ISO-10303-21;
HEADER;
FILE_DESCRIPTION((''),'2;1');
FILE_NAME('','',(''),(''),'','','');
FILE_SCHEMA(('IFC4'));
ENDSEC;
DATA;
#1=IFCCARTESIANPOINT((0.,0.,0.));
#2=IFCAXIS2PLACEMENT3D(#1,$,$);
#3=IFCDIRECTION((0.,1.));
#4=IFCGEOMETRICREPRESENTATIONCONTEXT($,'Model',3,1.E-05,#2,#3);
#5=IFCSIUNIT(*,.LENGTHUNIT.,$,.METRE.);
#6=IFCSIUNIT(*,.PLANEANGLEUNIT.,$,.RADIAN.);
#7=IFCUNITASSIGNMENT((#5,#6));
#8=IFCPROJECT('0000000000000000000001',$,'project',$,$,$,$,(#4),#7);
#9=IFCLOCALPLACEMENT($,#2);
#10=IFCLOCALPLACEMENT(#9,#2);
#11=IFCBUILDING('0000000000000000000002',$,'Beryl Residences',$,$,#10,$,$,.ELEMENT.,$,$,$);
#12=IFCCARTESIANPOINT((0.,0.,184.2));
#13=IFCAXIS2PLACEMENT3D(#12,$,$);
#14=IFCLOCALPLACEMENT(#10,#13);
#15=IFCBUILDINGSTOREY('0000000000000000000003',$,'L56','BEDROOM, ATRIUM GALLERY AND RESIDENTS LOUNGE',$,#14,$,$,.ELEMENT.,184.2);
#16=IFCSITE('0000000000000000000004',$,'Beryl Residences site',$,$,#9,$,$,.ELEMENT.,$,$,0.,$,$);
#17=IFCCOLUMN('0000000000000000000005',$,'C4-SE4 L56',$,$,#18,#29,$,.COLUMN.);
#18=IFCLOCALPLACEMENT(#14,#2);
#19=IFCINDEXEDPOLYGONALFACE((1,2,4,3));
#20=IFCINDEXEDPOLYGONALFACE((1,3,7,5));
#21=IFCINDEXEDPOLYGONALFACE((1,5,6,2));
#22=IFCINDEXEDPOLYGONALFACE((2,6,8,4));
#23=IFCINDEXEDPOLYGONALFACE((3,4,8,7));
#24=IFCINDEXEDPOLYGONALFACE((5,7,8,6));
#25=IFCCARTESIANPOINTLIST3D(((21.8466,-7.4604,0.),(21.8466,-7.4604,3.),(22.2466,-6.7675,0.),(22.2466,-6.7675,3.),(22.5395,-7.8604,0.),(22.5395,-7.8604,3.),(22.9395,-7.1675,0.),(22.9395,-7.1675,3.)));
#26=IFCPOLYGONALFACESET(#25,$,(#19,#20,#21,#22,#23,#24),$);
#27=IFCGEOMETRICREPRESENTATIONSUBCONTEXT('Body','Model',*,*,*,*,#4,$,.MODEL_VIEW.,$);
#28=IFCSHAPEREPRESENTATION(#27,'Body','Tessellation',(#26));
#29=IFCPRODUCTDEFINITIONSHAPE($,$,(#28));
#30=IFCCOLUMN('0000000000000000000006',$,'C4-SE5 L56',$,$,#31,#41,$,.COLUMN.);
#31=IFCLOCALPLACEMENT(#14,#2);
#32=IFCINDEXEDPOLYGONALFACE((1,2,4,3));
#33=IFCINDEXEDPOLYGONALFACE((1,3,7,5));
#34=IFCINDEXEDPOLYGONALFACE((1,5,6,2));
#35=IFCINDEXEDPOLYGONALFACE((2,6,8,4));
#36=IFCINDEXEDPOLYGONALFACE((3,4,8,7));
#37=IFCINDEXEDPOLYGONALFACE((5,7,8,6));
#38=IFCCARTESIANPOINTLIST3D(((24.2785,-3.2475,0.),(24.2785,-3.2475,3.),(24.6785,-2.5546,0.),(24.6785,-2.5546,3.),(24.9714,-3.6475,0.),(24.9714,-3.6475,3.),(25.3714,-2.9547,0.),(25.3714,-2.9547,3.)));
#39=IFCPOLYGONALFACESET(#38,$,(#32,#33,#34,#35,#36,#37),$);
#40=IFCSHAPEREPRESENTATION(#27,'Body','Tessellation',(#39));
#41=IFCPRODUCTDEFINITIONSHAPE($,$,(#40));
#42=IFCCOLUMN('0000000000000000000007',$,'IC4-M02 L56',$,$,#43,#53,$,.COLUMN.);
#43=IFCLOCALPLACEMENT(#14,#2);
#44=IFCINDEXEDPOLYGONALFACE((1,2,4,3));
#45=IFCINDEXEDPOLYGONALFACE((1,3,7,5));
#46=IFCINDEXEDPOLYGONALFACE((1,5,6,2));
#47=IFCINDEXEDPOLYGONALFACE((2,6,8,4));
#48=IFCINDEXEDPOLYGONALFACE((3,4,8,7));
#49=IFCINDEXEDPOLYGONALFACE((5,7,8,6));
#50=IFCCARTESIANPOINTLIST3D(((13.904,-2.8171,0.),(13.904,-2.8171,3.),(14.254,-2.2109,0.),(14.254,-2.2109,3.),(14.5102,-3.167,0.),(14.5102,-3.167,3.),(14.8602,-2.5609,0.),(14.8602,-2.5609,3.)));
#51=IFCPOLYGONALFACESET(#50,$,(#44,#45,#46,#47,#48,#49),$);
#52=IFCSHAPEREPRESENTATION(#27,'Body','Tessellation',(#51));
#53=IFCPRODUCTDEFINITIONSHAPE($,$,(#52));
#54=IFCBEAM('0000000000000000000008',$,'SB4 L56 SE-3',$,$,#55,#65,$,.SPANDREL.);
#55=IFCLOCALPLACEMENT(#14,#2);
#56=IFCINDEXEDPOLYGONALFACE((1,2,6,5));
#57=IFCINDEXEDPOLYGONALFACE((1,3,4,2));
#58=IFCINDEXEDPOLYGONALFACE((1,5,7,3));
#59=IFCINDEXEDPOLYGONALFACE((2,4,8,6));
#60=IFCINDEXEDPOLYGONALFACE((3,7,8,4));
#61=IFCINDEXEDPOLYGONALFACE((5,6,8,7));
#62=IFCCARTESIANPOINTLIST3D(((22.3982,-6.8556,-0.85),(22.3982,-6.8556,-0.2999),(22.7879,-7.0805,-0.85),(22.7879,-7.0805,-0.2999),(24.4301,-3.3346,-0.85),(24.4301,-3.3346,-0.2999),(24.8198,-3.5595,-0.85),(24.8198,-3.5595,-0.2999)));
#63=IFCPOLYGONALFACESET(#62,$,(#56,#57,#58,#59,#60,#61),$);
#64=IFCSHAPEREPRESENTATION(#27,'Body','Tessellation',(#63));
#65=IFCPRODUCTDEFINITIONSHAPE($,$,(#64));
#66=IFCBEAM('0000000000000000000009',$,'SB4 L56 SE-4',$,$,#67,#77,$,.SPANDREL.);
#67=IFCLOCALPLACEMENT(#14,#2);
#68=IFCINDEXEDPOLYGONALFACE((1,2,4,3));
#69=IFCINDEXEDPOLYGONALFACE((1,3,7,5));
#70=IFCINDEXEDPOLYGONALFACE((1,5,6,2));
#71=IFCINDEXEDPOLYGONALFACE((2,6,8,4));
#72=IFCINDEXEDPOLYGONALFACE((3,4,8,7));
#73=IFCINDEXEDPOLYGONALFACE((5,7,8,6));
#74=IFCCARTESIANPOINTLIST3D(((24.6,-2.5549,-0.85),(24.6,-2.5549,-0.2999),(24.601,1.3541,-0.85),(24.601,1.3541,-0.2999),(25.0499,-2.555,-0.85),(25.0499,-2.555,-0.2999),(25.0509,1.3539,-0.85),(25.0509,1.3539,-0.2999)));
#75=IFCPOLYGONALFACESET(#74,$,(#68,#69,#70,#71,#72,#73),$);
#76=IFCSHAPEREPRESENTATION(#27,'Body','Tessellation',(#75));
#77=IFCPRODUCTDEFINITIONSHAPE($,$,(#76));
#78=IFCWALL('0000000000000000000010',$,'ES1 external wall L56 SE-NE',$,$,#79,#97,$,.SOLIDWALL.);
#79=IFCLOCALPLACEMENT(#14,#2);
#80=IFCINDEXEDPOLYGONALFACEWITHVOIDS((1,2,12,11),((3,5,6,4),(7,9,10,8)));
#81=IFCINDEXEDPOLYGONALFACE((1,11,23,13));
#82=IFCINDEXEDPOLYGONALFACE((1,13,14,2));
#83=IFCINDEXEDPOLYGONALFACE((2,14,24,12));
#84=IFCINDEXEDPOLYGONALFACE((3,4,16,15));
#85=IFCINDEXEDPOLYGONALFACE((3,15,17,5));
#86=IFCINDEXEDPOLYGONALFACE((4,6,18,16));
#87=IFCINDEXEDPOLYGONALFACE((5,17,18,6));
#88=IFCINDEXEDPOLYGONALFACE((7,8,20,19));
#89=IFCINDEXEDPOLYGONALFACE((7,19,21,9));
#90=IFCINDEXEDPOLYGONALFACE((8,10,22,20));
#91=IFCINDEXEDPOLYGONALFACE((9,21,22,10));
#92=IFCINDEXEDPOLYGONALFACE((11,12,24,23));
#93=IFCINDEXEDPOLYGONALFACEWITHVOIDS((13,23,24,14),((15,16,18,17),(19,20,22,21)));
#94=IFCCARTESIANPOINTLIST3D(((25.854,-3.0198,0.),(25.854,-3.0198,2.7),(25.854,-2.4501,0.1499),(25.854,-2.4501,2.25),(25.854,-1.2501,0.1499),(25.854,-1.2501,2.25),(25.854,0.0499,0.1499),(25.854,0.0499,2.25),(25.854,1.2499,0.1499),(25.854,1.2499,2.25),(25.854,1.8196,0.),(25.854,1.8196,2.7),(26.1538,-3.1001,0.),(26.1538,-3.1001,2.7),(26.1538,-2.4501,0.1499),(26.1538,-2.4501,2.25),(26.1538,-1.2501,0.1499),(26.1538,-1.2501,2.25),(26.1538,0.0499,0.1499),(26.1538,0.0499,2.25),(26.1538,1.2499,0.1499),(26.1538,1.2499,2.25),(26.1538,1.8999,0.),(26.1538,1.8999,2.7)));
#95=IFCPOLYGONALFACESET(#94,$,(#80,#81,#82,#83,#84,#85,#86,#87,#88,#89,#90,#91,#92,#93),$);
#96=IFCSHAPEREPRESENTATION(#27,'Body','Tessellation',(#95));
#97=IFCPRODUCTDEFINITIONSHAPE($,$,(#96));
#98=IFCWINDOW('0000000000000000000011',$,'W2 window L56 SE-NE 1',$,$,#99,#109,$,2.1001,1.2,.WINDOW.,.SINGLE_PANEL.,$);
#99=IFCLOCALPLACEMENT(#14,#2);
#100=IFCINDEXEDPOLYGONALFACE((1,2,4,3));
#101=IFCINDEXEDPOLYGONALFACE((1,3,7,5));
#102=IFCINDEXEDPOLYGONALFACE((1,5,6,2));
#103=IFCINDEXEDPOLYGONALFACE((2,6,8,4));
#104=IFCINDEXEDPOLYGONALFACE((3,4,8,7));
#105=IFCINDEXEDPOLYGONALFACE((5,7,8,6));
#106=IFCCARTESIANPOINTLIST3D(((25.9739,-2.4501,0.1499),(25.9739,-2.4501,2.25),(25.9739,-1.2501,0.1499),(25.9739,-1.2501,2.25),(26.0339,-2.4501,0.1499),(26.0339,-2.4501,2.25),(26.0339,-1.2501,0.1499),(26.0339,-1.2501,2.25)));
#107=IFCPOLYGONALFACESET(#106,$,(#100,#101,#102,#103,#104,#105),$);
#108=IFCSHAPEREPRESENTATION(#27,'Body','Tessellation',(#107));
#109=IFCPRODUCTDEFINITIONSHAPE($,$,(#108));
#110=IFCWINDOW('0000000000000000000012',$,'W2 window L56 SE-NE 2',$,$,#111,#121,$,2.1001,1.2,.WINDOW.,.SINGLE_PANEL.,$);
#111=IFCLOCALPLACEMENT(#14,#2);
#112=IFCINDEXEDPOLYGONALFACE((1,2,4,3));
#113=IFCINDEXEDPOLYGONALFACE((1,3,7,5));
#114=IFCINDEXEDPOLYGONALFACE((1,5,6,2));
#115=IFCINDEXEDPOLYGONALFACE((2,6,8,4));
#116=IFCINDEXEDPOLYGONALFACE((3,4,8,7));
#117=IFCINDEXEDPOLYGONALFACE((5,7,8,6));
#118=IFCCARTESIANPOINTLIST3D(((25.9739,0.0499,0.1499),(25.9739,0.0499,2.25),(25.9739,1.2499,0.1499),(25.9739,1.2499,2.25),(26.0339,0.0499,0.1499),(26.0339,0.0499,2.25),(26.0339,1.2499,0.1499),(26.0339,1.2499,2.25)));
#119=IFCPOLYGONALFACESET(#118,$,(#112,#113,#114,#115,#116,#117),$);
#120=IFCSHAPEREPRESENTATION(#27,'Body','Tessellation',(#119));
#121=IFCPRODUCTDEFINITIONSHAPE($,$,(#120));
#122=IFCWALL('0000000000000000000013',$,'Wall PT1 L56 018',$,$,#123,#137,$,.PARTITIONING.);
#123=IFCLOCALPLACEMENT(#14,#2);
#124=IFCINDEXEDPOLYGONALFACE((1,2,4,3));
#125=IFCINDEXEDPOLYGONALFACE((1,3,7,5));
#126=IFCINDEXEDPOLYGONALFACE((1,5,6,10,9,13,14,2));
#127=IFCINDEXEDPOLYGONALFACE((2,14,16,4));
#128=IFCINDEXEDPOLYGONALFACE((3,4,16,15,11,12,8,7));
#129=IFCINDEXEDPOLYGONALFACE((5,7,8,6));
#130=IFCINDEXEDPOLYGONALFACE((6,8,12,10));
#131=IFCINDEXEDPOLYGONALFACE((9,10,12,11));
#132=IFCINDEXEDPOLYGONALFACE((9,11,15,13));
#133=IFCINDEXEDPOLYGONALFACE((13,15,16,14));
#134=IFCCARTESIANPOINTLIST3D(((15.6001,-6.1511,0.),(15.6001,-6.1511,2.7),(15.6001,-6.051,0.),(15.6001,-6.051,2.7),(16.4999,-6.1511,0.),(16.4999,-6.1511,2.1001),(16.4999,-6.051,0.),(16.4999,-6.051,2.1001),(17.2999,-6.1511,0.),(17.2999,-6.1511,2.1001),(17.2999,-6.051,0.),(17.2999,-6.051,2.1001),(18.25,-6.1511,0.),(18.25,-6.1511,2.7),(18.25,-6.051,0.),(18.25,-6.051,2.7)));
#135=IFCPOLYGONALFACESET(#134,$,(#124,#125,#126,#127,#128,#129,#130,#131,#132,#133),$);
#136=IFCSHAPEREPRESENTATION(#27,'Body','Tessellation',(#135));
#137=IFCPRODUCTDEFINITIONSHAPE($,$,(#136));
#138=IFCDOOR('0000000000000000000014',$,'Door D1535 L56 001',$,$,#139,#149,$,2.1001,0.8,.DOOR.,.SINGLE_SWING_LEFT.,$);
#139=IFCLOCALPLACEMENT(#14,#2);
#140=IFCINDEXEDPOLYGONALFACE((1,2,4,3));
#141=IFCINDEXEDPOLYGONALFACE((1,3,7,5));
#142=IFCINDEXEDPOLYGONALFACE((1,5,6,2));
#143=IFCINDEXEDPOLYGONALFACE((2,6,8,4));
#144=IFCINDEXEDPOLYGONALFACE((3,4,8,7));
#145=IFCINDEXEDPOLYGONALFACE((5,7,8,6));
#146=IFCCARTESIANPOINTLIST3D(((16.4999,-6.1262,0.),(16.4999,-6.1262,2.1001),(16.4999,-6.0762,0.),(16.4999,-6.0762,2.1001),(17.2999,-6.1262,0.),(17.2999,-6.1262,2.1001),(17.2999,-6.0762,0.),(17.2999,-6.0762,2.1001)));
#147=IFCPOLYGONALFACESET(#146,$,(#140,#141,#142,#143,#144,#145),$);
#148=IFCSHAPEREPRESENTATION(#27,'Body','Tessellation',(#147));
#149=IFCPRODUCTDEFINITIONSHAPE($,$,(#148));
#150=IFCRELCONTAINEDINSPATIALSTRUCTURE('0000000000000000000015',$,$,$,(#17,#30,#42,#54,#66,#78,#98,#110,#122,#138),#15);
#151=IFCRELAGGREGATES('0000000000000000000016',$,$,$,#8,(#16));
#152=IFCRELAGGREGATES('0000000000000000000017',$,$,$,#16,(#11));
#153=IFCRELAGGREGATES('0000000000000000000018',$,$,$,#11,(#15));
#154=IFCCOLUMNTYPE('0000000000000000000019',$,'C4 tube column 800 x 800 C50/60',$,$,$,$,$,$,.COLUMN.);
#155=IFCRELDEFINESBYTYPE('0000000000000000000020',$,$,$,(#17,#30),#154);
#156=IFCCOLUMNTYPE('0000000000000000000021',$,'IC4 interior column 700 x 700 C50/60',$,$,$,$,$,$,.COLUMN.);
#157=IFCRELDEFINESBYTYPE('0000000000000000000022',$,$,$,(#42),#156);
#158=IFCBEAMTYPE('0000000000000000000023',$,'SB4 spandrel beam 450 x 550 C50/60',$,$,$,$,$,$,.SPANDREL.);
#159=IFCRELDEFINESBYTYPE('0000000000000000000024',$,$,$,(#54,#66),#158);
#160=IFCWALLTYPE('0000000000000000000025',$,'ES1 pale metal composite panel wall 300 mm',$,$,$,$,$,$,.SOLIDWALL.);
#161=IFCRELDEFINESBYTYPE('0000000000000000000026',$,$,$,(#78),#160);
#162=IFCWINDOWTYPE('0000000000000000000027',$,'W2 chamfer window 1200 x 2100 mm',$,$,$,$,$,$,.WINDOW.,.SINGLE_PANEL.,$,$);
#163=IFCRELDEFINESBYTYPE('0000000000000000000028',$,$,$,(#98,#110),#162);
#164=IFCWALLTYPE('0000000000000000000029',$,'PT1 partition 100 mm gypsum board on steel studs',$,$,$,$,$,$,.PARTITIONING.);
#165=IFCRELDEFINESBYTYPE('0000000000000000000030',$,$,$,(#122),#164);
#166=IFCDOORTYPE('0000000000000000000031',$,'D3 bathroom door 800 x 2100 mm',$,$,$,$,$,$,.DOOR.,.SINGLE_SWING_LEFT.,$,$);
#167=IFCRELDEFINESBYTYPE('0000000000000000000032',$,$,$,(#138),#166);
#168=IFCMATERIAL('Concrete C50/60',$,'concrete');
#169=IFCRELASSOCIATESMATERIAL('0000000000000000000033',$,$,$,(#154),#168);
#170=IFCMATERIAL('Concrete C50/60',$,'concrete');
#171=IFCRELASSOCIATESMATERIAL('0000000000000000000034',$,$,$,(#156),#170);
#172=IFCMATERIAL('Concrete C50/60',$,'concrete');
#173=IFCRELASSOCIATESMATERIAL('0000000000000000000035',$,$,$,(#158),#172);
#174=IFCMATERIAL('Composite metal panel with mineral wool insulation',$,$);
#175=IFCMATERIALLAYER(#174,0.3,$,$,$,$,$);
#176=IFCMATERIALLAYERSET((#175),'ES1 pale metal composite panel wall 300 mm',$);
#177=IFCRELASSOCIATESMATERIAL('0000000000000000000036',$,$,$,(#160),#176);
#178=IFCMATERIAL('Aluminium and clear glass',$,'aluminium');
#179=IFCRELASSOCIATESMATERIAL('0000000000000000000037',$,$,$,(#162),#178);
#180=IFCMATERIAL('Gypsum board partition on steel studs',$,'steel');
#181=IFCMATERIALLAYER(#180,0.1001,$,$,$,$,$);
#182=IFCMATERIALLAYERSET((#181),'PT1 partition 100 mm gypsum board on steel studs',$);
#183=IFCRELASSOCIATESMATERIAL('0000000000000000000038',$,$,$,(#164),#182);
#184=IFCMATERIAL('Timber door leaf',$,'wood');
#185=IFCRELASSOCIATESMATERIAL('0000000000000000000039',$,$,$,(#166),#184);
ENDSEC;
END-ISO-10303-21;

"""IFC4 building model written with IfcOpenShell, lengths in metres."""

from ifc_helpers import new_model, si_unit, direction, frame, frame_2d, origin, origin_2d, place, context, subcontext, project, spatial, polyline, rectangle, outline, extrude, material, layer, layer_set, material_profile, profile_set, type_object, element, fill, save


model = new_model("IFC4")

# Units and contexts
model_context = context("Model", 3, precision=1e-05, world=origin(), true_north=direction((0.0, 1.0)))
body_context = subcontext(model_context, "Body", "Model", "MODEL_VIEW")
ifc_project = project(units=[si_unit("LENGTHUNIT", "METRE"), si_unit("PLANEANGLEUNIT", "RADIAN")], contexts=[model_context])

# Site, building, storey
site_placement = place(None, origin())
site = spatial("IfcSite", under=ifc_project, at=site_placement, Name="Beryl Residences site", CompositionType="ELEMENT", RefElevation=0.0)
building_placement = place(site_placement, origin())
building = spatial("IfcBuilding", under=site, at=building_placement, Name="Beryl Residences", CompositionType="ELEMENT")
storey_placement = place(building_placement, frame((0.0, 0.0, 184.2)))
storey = spatial("IfcBuildingStorey", under=building, at=storey_placement, Name="L56", Description="BEDROOM, ATRIUM GALLERY AND RESIDENTS LOUNGE", CompositionType="ELEMENT", Elevation=184.2)

# Columns
ifc_material_1 = material(Name="Concrete C50/60", Category="concrete")
ifc_material_profile_1 = material_profile(ifc_material_1, rectangle(XDim=0.8, YDim=0.8, at=origin_2d()))
ifc_profile_set_1 = profile_set([ifc_material_profile_1], Name="Concrete C50/60")
column_type_1 = type_object("IfcColumnType", Name="C4 tube column 800 x 800 C50/60", PredefinedType="COLUMN", material=ifc_profile_set_1)
for number, where, z_axis, x_axis, name in (
    (1, (22.3931, -7.314, 0.0), (0.0, 0.0, 1.0), (0.5, 0.866025, 0.0), "C4-SE4 L56"),
    (2, (24.825, -3.1011, 0.0), (0.0, 0.0, 1.0), (0.5, 0.866025, 0.0), "C4-SE5 L56"),
):
    element("IfcColumn", number, at=place(storey_placement, frame(where, z_axis=z_axis, x_axis=x_axis)), inside=storey, type_object=column_type_1, Name=name, PredefinedType="COLUMN", context=body_context, shape_type="SweptSolid", body=[
        extrude(rectangle(XDim=0.8, YDim=0.8, at=origin_2d()), origin(), (0.0, 0.0, 1.0), 3.0),
    ])
ifc_material_2 = material(Name="Concrete C50/60", Category="concrete")
ifc_material_profile_2 = material_profile(ifc_material_2, rectangle(XDim=0.7, YDim=0.7, at=origin_2d()))
ifc_profile_set_2 = profile_set([ifc_material_profile_2], Name="Concrete C50/60")
column_type_2 = type_object("IfcColumnType", Name="IC4 interior column 700 x 700 C50/60", PredefinedType="COLUMN", material=ifc_profile_set_2)
column_placement = place(storey_placement, frame((14.3821, -2.689, 0.0), z_axis=(0.0, 0.0, 1.0), x_axis=(0.5, 0.866025, 0.0)))
element("IfcColumn", 3, at=column_placement, inside=storey, type_object=column_type_2, Name="IC4-M02 L56", PredefinedType="COLUMN", context=body_context, shape_type="SweptSolid", body=[
    extrude(rectangle(XDim=0.7, YDim=0.7, at=origin_2d()), origin(), (0.0, 0.0, 1.0), 3.0),
])

# Beams
ifc_material_3 = material(Name="Concrete C50/60", Category="concrete")
ifc_material_profile_3 = material_profile(ifc_material_3, rectangle(XDim=0.45, YDim=0.55, at=origin_2d()))
ifc_profile_set_3 = profile_set([ifc_material_profile_3], Name="Concrete C50/60")
beam_type = type_object("IfcBeamType", Name="SB4 spandrel beam 450 x 550 C50/60", PredefinedType="SPANDREL", material=ifc_profile_set_3)
beam_1_placement = place(storey_placement, frame((22.593, -6.968, -0.575), z_axis=(0.49984, 0.866118, 0.0), x_axis=(-0.866118, 0.49984, 0.0)))
element("IfcBeam", 4, at=beam_1_placement, inside=storey, type_object=beam_type, Name="SB4 L56 SE-3", PredefinedType="SPANDREL", context=body_context, shape_type="SweptSolid", body=[
    extrude(rectangle(XDim=0.45, YDim=0.55, at=origin_2d()), origin(), (0.0, 0.0, 1.0), 4.0652),
])
beam_2_placement = place(storey_placement, frame((24.825, -2.5549, -0.575), z_axis=(0.00025, 1.0, 0.0), x_axis=(-1.0, 0.00025, 0.0)))
element("IfcBeam", 5, at=beam_2_placement, inside=storey, type_object=beam_type, Name="SB4 L56 SE-4", PredefinedType="SPANDREL", context=body_context, shape_type="SweptSolid", body=[
    extrude(rectangle(XDim=0.45, YDim=0.55, at=origin_2d()), origin(), (0.0, 0.0, 1.0), 3.9089),
])

# Wall, openings, windows
ifc_material_4 = material(Name="Composite metal panel with mineral wool insulation")
ifc_layer_1 = layer(ifc_material_4, 0.3)
ifc_layer_set_1 = layer_set([ifc_layer_1], Name="ES1 pale metal composite panel wall 300 mm")
wall_type_1 = type_object("IfcWallType", Name="ES1 pale metal composite panel wall 300 mm", PredefinedType="SOLIDWALL", material=ifc_layer_set_1)
wall_1_placement = place(storey_placement, frame((26.0039, -3.1001, 0.0), z_axis=(0.0, 0.0, 1.0), x_axis=(0.0, 1.0, 0.0)))
wall_1 = element("IfcWall", 6, at=wall_1_placement, inside=storey, type_object=wall_type_1, Name="ES1 external wall L56 SE-NE", PredefinedType="SOLIDWALL", context=body_context, shape_type="SweptSolid", body=[
    extrude(outline(polyline([(0.0, -0.1499), (5.0, -0.1499), (4.9197, 0.1499), (0.0803, 0.1499), (0.0, -0.1499)])), origin(), (0.0, 0.0, 1.0), 2.7),
])
opening_1_placement = place(wall_1_placement, frame((0.6499, 0.0, 0.1499)))
opening_1 = element("IfcOpeningElement", 7, at=opening_1_placement, cuts=wall_1, PredefinedType="OPENING", context=body_context, shape_type="SweptSolid", body=[
    extrude(rectangle(XDim=1.2, YDim=2.1001, at=frame_2d((0.6001, 1.05))), frame((0.0, 0.1599, 0.0), z_axis=(0.0, -1.0, 0.0), x_axis=(1.0, 0.0, 0.0)), (0.0, 0.0, 1.0), 0.3201),
])
opening_2_placement = place(wall_1_placement, frame((3.1499, 0.0, 0.1499)))
opening_2 = element("IfcOpeningElement", 8, at=opening_2_placement, cuts=wall_1, PredefinedType="OPENING", context=body_context, shape_type="SweptSolid", body=[
    extrude(rectangle(XDim=1.2, YDim=2.1001, at=frame_2d((0.6001, 1.05))), frame((0.0, 0.1599, 0.0), z_axis=(0.0, -1.0, 0.0), x_axis=(1.0, 0.0, 0.0)), (0.0, 0.0, 1.0), 0.3201),
])
ifc_material_5 = material(Name="Aluminium and clear glass", Category="aluminium")
window_type = type_object("IfcWindowType", Name="W2 chamfer window 1200 x 2100 mm", PartitioningType="SINGLE_PANEL", PredefinedType="WINDOW", material=ifc_material_5)
window_1_placement = place(opening_1_placement, origin())
window_1 = element("IfcWindow", 9, at=window_1_placement, inside=storey, type_object=window_type, Name="W2 window L56 SE-NE 1", OverallHeight=2.1001, OverallWidth=1.2, PartitioningType="SINGLE_PANEL", PredefinedType="WINDOW", context=body_context, shape_type="SweptSolid", body=[
    extrude(rectangle(XDim=1.2, YDim=2.1001, at=frame_2d((0.6001, 1.05))), frame((0.0, 0.03, 0.0), z_axis=(0.0, -1.0, 0.0), x_axis=(1.0, 0.0, 0.0)), (0.0, 0.0, 1.0), 0.0601),
])
fill(opening_1, window_1)
window_2_placement = place(opening_2_placement, origin())
window_2 = element("IfcWindow", 10, at=window_2_placement, inside=storey, type_object=window_type, Name="W2 window L56 SE-NE 2", OverallHeight=2.1001, OverallWidth=1.2, PartitioningType="SINGLE_PANEL", PredefinedType="WINDOW", context=body_context, shape_type="SweptSolid", body=[
    extrude(rectangle(XDim=1.2, YDim=2.1001, at=frame_2d((0.6001, 1.05))), frame((0.0, 0.03, 0.0), z_axis=(0.0, -1.0, 0.0), x_axis=(1.0, 0.0, 0.0)), (0.0, 0.0, 1.0), 0.0601),
])
fill(opening_2, window_2)

# Wall, opening, door
ifc_material_6 = material(Name="Gypsum board partition on steel studs", Category="steel")
ifc_layer_2 = layer(ifc_material_6, 0.1001)
ifc_layer_set_2 = layer_set([ifc_layer_2], Name="PT1 partition 100 mm gypsum board on steel studs")
wall_type_2 = type_object("IfcWallType", Name="PT1 partition 100 mm gypsum board on steel studs", PredefinedType="PARTITIONING", material=ifc_layer_set_2)
wall_2_placement = place(storey_placement, frame((15.6001, -6.1011, 0.0), z_axis=(0.0, 0.0, 1.0), x_axis=(1.0, 0.0, 0.0)))
wall_2 = element("IfcWall", 11, at=wall_2_placement, inside=storey, type_object=wall_type_2, Name="Wall PT1 L56 018", PredefinedType="PARTITIONING", context=body_context, shape_type="SweptSolid", body=[
    extrude(rectangle(XDim=2.6499, YDim=0.1001, at=frame_2d((1.325, 0.0))), origin(), (0.0, 0.0, 1.0), 2.7),
])
opening_3_placement = place(wall_2_placement, frame((0.8999, 0.0, 0.0)))
opening_3 = element("IfcOpeningElement", 12, at=opening_3_placement, cuts=wall_2, PredefinedType="OPENING", context=body_context, shape_type="SweptSolid", body=[
    extrude(rectangle(XDim=0.8, YDim=2.1001, at=frame_2d((0.3999, 1.05))), frame((0.0, 0.0601, 0.0), z_axis=(0.0, -1.0, 0.0), x_axis=(1.0, 0.0, 0.0)), (0.0, 0.0, 1.0), 0.1201),
])
ifc_material_7 = material(Name="Timber door leaf", Category="wood")
door_type_1 = type_object("IfcDoorType", Name="D3 bathroom door 800 x 2100 mm", OperationType="SINGLE_SWING_LEFT", PredefinedType="DOOR", material=ifc_material_7)
door_1_placement = place(opening_3_placement, origin())
door_1 = element("IfcDoor", 13, at=door_1_placement, inside=storey, type_object=door_type_1, Name="Door D1535 L56 001", OperationType="SINGLE_SWING_LEFT", OverallHeight=2.1001, OverallWidth=0.8, PredefinedType="DOOR", context=body_context, shape_type="SweptSolid", body=[
    extrude(rectangle(XDim=0.8, YDim=2.1001, at=frame_2d((0.3999, 1.05))), frame((0.0, 0.0249, 0.0), z_axis=(0.0, -1.0, 0.0), x_axis=(1.0, 0.0, 0.0)), (0.0, 0.0, 1.0), 0.05),
])
fill(opening_3, door_1)

save(model, "model.ifc")
